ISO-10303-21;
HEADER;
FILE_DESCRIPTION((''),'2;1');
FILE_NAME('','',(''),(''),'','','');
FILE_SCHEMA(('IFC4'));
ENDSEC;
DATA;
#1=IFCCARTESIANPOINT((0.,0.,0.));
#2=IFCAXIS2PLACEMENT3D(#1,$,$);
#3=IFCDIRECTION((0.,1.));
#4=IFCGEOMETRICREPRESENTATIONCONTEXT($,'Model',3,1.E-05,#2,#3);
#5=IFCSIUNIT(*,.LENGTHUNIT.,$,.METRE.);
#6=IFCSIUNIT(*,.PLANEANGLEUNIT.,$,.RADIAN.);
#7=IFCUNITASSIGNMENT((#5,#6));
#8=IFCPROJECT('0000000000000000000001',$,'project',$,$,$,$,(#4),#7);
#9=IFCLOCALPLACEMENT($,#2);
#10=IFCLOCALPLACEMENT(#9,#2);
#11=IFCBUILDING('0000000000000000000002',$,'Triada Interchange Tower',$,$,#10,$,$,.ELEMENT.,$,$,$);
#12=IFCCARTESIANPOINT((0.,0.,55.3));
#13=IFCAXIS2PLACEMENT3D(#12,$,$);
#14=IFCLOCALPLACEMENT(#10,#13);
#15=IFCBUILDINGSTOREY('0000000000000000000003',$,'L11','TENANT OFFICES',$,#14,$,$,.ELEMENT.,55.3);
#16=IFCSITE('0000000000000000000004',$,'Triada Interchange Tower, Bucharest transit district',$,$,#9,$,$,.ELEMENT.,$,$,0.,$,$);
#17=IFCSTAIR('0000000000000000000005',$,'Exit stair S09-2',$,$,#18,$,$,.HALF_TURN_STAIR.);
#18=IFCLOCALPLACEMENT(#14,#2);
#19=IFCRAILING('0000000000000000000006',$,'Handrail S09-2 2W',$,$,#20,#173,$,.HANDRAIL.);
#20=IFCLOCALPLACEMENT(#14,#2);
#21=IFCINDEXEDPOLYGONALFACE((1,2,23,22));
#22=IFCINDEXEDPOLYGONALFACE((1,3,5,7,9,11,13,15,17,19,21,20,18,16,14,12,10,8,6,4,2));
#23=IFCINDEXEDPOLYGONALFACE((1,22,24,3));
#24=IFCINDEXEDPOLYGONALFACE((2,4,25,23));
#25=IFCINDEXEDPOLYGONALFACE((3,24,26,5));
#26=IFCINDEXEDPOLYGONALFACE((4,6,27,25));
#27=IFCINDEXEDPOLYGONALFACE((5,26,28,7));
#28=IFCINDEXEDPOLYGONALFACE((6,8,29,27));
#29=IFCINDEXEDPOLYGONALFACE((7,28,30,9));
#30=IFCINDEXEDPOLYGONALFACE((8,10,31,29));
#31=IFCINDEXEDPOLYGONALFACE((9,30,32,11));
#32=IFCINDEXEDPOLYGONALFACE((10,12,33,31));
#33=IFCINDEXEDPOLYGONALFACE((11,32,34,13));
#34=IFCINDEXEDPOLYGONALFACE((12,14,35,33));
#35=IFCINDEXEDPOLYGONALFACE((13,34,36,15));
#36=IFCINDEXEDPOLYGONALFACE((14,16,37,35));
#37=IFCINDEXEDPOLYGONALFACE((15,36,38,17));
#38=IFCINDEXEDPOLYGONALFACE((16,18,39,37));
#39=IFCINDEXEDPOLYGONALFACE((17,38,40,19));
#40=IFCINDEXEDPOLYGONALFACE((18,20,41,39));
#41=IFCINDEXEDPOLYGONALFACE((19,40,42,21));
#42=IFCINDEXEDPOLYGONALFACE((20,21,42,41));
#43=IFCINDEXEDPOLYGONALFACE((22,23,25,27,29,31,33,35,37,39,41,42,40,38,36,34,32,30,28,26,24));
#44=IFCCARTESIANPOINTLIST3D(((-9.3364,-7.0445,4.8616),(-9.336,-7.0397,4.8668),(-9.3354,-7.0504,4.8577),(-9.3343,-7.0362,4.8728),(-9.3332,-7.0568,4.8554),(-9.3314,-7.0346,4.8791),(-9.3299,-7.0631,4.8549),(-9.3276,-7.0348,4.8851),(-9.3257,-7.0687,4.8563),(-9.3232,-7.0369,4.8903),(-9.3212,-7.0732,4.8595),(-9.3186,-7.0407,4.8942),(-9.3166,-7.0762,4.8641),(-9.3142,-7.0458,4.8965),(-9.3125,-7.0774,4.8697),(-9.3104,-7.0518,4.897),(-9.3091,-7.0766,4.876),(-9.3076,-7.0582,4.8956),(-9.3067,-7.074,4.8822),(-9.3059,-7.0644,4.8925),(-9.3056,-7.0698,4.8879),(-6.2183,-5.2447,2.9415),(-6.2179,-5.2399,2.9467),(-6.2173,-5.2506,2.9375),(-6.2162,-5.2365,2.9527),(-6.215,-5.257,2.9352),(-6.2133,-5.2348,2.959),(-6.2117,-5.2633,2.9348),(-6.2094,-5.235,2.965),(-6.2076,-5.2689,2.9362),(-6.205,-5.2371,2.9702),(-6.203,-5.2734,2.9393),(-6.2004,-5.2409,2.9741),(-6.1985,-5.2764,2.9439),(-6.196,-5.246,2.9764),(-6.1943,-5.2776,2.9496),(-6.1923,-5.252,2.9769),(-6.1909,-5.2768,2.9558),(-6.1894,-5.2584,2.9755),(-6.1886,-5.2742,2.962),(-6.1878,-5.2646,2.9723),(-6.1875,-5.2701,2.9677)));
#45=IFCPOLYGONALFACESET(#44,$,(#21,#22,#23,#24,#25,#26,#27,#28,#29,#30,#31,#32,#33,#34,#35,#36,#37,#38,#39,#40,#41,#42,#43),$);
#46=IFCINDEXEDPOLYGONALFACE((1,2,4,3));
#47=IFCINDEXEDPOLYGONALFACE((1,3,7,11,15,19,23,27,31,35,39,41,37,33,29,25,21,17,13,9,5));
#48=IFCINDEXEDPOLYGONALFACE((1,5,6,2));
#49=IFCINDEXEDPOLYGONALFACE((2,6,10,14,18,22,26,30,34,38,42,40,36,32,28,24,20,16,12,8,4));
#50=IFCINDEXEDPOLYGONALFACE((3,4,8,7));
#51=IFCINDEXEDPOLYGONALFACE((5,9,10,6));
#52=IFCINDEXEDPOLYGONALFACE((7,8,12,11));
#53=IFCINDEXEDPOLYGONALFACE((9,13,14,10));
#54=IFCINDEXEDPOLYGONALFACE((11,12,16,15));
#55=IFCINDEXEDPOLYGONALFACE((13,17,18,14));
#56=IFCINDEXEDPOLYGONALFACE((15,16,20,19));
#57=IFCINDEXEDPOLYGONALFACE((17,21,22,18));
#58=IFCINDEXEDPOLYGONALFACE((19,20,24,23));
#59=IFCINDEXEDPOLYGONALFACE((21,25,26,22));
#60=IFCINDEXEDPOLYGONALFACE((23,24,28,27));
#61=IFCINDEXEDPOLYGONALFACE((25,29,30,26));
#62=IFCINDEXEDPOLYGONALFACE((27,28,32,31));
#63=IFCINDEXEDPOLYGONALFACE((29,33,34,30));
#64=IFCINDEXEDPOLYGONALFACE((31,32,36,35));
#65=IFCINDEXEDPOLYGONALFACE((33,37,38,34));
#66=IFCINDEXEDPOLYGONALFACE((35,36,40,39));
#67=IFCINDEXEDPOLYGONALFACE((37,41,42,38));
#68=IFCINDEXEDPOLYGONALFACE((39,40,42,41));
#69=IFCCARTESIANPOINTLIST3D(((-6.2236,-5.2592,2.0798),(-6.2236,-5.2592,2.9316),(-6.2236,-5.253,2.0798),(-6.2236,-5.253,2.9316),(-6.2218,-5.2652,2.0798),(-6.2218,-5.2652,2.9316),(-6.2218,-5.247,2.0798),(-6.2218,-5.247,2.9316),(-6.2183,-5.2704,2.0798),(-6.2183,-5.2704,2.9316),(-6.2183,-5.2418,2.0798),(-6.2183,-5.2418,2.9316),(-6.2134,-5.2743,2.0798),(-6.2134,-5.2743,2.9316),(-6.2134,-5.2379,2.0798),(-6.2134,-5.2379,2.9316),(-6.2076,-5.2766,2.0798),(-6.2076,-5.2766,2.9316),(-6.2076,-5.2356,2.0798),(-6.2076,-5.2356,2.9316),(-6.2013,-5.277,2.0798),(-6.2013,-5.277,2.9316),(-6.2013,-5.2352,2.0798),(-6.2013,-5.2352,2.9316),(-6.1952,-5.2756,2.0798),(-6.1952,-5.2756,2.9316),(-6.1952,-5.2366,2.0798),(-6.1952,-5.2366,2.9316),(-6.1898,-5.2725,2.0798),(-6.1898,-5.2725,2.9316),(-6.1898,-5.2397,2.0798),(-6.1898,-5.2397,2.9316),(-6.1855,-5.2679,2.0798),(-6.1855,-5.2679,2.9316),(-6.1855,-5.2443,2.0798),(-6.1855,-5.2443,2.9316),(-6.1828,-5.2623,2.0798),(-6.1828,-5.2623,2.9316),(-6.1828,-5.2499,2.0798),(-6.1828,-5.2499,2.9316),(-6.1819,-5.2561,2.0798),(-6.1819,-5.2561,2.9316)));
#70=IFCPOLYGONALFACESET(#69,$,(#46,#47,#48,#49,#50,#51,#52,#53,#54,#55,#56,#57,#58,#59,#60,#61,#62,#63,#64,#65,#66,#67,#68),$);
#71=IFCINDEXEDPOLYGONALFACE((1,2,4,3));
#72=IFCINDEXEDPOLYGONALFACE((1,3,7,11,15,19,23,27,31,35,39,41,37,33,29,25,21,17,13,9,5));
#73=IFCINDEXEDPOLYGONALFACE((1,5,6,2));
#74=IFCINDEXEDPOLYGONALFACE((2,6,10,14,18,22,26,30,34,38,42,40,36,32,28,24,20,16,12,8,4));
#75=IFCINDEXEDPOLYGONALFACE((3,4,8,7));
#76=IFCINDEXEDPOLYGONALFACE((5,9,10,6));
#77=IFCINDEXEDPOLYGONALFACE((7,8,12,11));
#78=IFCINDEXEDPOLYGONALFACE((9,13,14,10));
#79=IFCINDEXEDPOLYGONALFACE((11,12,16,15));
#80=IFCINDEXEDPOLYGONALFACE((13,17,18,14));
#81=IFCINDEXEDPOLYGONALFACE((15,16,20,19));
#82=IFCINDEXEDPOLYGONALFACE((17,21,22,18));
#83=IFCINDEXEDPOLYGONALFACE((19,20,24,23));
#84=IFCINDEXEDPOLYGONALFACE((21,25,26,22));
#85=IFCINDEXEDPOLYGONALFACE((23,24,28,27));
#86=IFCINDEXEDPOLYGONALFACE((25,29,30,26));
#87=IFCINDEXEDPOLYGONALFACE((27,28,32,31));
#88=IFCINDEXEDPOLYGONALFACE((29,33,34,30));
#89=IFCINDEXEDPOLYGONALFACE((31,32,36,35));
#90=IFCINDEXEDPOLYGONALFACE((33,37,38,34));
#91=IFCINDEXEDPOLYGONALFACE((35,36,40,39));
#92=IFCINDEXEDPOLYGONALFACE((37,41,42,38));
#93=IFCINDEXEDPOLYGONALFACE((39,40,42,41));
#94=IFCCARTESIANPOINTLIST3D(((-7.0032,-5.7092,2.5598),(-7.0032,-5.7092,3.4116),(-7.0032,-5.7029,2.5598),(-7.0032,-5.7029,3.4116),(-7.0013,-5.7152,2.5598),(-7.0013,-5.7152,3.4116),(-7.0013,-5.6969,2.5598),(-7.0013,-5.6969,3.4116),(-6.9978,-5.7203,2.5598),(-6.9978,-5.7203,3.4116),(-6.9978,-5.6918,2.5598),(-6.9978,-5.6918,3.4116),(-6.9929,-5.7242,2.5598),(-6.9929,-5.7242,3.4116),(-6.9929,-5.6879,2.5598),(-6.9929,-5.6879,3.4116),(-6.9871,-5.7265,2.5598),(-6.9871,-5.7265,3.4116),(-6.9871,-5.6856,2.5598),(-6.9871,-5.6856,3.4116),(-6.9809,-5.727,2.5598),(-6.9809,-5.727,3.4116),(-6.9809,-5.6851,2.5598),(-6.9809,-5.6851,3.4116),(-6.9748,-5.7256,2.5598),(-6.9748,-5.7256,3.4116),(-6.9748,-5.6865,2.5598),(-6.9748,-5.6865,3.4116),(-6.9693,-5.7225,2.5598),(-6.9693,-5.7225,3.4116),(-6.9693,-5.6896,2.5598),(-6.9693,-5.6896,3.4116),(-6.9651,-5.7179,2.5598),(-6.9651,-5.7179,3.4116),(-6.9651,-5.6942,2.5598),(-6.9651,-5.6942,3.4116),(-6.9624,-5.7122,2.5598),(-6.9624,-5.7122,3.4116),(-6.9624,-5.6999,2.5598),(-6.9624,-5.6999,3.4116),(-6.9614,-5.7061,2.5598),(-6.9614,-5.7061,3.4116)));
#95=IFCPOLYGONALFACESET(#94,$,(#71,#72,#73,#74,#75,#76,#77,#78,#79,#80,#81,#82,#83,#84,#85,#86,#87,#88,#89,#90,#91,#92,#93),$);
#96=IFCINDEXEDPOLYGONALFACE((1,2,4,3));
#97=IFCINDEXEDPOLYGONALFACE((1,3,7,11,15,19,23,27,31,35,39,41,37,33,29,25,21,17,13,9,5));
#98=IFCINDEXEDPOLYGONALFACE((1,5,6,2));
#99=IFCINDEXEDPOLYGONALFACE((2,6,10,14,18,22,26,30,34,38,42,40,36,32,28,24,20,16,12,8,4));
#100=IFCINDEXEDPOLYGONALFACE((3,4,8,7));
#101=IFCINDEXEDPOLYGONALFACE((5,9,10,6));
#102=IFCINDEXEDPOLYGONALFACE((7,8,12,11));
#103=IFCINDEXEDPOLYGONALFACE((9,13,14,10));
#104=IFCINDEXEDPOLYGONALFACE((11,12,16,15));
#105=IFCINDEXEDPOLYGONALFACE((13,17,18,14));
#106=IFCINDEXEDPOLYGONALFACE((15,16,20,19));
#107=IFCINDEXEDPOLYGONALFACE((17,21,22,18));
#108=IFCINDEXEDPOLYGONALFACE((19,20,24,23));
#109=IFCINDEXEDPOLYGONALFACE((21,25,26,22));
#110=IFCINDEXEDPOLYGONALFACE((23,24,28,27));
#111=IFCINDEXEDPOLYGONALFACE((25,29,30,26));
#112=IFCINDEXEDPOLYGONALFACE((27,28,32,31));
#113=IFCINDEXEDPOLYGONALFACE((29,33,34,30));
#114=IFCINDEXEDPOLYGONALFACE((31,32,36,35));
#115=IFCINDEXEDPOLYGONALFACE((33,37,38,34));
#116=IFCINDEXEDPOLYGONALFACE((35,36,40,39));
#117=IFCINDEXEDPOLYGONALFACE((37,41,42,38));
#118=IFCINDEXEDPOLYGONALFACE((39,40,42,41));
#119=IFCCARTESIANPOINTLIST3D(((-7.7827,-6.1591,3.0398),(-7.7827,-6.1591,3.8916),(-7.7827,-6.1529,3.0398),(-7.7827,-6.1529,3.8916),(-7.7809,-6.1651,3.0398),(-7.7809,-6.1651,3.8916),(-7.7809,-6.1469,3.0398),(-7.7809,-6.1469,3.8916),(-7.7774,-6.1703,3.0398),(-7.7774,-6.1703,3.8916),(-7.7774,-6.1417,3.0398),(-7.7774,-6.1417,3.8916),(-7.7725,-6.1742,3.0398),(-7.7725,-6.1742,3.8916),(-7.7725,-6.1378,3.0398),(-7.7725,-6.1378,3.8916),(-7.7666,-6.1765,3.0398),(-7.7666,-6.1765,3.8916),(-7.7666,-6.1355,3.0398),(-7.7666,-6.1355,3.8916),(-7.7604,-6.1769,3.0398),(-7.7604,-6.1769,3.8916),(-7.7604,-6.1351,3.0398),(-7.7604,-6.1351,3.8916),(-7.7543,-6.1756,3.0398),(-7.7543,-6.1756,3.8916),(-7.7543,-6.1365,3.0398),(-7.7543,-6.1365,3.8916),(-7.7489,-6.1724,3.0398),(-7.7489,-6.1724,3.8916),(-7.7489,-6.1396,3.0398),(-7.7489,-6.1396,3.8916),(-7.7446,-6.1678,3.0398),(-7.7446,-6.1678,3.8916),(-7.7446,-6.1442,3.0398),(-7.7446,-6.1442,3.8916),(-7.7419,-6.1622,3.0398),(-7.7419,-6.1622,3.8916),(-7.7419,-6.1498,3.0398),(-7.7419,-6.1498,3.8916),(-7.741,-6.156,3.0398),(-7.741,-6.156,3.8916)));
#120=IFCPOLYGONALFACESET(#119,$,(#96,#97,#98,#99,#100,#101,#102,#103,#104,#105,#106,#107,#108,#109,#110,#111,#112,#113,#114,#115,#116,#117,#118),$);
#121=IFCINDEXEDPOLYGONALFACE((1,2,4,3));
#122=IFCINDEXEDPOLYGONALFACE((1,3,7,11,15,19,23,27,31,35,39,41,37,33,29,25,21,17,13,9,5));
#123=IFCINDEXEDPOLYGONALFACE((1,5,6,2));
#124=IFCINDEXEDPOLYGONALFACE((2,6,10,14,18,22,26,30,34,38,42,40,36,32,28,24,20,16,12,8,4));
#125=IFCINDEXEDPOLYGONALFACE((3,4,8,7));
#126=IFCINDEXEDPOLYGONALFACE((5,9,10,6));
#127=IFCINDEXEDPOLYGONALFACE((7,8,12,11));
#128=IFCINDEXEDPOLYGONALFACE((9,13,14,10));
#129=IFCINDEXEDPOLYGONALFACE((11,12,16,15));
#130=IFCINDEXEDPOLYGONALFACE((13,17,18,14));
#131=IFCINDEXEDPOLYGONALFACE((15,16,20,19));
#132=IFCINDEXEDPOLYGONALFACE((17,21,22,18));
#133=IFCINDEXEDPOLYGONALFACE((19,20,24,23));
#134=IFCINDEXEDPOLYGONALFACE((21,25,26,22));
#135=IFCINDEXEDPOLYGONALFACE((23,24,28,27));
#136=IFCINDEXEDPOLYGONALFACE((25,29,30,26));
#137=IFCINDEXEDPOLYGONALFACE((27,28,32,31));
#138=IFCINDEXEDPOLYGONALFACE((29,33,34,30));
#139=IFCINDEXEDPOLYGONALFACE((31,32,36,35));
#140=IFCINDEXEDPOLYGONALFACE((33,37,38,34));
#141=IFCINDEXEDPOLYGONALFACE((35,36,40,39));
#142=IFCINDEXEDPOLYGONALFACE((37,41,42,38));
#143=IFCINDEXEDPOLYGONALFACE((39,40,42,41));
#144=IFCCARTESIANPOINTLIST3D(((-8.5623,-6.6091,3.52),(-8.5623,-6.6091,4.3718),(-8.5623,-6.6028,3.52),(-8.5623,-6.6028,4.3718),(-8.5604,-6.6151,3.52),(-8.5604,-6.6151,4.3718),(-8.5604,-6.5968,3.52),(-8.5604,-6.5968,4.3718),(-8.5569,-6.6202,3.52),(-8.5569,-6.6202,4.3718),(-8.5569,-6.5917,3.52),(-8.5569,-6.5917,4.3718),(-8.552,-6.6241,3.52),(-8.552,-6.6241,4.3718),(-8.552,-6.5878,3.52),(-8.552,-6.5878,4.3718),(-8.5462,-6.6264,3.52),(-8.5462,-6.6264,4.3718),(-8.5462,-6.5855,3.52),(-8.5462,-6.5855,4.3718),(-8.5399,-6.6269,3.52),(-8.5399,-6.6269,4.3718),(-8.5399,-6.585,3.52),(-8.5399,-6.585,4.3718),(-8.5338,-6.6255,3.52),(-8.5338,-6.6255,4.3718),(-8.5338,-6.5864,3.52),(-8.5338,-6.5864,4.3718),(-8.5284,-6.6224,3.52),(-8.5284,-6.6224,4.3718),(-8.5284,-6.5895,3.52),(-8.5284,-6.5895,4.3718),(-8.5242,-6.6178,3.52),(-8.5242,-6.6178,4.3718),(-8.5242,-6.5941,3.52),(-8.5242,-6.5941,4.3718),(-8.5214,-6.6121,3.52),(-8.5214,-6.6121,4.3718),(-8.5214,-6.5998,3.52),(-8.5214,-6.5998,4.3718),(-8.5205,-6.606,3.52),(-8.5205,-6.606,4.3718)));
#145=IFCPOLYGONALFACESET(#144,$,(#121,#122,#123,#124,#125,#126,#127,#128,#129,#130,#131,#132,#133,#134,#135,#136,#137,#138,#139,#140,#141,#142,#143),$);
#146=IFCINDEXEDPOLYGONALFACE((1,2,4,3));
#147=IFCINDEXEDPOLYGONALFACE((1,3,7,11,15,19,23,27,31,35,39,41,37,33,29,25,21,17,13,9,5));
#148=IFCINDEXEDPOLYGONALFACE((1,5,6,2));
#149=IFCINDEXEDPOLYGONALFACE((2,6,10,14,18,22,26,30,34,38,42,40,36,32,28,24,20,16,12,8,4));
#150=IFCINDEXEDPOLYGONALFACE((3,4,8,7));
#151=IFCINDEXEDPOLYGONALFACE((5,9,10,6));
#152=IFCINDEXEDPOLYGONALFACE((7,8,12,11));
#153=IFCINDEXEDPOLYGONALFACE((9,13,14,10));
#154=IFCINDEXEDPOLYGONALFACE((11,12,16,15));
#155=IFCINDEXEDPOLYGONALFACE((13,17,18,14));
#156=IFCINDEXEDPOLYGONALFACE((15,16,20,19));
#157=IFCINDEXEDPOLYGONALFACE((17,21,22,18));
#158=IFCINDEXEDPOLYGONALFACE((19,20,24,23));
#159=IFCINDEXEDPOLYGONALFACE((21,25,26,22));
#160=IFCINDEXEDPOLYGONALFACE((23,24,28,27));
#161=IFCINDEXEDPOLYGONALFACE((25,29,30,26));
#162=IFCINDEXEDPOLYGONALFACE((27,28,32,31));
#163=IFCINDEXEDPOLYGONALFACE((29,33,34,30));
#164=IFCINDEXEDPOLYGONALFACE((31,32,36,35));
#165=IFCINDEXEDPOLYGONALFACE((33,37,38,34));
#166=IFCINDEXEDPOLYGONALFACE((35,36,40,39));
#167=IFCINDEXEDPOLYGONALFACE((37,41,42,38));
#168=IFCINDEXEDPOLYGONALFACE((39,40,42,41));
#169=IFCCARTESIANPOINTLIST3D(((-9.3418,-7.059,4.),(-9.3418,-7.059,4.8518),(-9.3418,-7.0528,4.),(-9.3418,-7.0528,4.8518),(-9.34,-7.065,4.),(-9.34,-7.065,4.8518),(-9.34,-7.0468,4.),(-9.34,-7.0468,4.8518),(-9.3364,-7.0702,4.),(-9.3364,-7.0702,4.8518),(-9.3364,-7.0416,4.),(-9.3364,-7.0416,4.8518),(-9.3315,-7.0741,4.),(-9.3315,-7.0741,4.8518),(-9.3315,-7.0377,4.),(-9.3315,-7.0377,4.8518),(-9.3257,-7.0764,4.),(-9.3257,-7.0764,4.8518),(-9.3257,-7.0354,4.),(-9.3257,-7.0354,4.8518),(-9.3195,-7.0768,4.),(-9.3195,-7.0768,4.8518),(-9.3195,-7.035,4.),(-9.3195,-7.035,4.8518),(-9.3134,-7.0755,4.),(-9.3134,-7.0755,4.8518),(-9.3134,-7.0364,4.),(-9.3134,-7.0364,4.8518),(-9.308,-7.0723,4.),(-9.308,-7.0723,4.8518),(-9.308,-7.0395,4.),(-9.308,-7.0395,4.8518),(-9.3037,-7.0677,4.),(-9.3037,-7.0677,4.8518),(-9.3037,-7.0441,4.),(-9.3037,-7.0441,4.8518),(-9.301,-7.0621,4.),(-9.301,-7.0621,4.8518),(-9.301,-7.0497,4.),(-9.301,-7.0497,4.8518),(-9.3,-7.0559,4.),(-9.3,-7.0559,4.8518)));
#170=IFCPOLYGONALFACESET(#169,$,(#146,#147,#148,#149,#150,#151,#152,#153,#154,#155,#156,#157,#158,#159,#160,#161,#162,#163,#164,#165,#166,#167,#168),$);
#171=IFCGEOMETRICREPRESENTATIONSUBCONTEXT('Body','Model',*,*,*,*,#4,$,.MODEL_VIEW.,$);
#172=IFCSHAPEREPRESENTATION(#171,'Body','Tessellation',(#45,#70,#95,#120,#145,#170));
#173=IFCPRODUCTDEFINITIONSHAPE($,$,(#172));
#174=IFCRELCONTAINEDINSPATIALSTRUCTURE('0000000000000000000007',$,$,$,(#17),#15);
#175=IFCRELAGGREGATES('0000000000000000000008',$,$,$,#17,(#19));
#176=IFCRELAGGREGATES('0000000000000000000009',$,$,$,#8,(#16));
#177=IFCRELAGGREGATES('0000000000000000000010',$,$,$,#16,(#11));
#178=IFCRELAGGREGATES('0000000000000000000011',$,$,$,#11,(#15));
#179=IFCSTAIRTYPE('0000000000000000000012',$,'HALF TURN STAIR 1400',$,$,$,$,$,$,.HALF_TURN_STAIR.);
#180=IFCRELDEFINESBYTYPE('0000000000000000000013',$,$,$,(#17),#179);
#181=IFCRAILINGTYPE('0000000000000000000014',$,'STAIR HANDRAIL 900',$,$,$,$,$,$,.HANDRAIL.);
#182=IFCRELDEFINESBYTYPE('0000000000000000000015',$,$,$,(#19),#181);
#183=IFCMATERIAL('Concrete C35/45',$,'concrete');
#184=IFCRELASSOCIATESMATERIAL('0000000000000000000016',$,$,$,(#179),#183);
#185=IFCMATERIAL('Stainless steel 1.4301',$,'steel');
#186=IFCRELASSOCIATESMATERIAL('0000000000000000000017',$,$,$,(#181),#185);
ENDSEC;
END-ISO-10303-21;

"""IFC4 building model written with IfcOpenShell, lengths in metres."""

from ifc_helpers import new_model, si_unit, direction, frame, origin, origin_2d, place, context, subcontext, project, spatial, circle, extrude, material, type_object, element, aggregate, save


model = new_model("IFC4")

# Units and contexts
model_context = context("Model", 3, precision=1e-05, world=origin(), true_north=direction((0.0, 1.0)))
body_context = subcontext(model_context, "Body", "Model", "MODEL_VIEW")
ifc_project = project(units=[si_unit("LENGTHUNIT", "METRE"), si_unit("PLANEANGLEUNIT", "RADIAN")], contexts=[model_context])

# Site, building, storey
site_placement = place(None, origin())
site = spatial("IfcSite", under=ifc_project, at=site_placement, Name="Triada Interchange Tower, Bucharest transit district", CompositionType="ELEMENT", RefElevation=0.0)
building_placement = place(site_placement, origin())
building = spatial("IfcBuilding", under=site, at=building_placement, Name="Triada Interchange Tower", CompositionType="ELEMENT")
storey_placement = place(building_placement, frame((0.0, 0.0, 55.3)))
storey = spatial("IfcBuildingStorey", under=building, at=storey_placement, Name="L11", Description="TENANT OFFICES", CompositionType="ELEMENT", Elevation=55.3)

# Stair, railing
ifc_material_1 = material(Name="Concrete C35/45", Category="concrete")
stair_type = type_object("IfcStairType", Name="HALF TURN STAIR 1400", PredefinedType="HALF_TURN_STAIR", material=ifc_material_1)
stair_placement = place(storey_placement, origin())
stair = element("IfcStair", 1, at=stair_placement, inside=storey, type_object=stair_type, Name="Exit stair S09-2", PredefinedType="HALF_TURN_STAIR")
ifc_material_2 = material(Name="Stainless steel 1.4301", Category="steel")
railing_type = type_object("IfcRailingType", Name="STAIR HANDRAIL 900", PredefinedType="HANDRAIL", material=ifc_material_2)
railing_1_placement = place(storey_placement, frame((-6.2029, -5.2561, 2.0798)))
railing_1 = element("IfcRailing", 2, at=railing_1_placement, type_object=railing_type, Name="Handrail S09-2 2W", PredefinedType="HANDRAIL", context=body_context, shape_type="SweptSolid", body=[
    extrude(circle(Radius=0.0239, at=origin_2d()), frame((0.0, 0.0, 0.876), z_axis=(-0.76419, -0.44109, 0.470588), x_axis=(0.499902, -0.866082, 0.0)), (0.0, 0.0, 1.0), 4.0803),
    extrude(circle(Radius=0.021, at=origin_2d()), origin(), (0.0, 0.0, 1.0), 0.8518),
    extrude(circle(Radius=0.021, at=origin_2d()), frame((-0.7795, -0.45, 0.48)), (0.0, 0.0, 1.0), 0.8518),
    extrude(circle(Radius=0.021, at=origin_2d()), frame((-1.5591, -0.8999, 0.96)), (0.0, 0.0, 1.0), 0.8518),
    extrude(circle(Radius=0.021, at=origin_2d()), frame((-2.3386, -1.3499, 1.4402)), (0.0, 0.0, 1.0), 0.8518),
    extrude(circle(Radius=0.021, at=origin_2d()), frame((-3.1182, -1.7998, 1.9202)), (0.0, 0.0, 1.0), 0.8518),
])
aggregate(stair, [railing_1])

save(model, "model.ifc")
